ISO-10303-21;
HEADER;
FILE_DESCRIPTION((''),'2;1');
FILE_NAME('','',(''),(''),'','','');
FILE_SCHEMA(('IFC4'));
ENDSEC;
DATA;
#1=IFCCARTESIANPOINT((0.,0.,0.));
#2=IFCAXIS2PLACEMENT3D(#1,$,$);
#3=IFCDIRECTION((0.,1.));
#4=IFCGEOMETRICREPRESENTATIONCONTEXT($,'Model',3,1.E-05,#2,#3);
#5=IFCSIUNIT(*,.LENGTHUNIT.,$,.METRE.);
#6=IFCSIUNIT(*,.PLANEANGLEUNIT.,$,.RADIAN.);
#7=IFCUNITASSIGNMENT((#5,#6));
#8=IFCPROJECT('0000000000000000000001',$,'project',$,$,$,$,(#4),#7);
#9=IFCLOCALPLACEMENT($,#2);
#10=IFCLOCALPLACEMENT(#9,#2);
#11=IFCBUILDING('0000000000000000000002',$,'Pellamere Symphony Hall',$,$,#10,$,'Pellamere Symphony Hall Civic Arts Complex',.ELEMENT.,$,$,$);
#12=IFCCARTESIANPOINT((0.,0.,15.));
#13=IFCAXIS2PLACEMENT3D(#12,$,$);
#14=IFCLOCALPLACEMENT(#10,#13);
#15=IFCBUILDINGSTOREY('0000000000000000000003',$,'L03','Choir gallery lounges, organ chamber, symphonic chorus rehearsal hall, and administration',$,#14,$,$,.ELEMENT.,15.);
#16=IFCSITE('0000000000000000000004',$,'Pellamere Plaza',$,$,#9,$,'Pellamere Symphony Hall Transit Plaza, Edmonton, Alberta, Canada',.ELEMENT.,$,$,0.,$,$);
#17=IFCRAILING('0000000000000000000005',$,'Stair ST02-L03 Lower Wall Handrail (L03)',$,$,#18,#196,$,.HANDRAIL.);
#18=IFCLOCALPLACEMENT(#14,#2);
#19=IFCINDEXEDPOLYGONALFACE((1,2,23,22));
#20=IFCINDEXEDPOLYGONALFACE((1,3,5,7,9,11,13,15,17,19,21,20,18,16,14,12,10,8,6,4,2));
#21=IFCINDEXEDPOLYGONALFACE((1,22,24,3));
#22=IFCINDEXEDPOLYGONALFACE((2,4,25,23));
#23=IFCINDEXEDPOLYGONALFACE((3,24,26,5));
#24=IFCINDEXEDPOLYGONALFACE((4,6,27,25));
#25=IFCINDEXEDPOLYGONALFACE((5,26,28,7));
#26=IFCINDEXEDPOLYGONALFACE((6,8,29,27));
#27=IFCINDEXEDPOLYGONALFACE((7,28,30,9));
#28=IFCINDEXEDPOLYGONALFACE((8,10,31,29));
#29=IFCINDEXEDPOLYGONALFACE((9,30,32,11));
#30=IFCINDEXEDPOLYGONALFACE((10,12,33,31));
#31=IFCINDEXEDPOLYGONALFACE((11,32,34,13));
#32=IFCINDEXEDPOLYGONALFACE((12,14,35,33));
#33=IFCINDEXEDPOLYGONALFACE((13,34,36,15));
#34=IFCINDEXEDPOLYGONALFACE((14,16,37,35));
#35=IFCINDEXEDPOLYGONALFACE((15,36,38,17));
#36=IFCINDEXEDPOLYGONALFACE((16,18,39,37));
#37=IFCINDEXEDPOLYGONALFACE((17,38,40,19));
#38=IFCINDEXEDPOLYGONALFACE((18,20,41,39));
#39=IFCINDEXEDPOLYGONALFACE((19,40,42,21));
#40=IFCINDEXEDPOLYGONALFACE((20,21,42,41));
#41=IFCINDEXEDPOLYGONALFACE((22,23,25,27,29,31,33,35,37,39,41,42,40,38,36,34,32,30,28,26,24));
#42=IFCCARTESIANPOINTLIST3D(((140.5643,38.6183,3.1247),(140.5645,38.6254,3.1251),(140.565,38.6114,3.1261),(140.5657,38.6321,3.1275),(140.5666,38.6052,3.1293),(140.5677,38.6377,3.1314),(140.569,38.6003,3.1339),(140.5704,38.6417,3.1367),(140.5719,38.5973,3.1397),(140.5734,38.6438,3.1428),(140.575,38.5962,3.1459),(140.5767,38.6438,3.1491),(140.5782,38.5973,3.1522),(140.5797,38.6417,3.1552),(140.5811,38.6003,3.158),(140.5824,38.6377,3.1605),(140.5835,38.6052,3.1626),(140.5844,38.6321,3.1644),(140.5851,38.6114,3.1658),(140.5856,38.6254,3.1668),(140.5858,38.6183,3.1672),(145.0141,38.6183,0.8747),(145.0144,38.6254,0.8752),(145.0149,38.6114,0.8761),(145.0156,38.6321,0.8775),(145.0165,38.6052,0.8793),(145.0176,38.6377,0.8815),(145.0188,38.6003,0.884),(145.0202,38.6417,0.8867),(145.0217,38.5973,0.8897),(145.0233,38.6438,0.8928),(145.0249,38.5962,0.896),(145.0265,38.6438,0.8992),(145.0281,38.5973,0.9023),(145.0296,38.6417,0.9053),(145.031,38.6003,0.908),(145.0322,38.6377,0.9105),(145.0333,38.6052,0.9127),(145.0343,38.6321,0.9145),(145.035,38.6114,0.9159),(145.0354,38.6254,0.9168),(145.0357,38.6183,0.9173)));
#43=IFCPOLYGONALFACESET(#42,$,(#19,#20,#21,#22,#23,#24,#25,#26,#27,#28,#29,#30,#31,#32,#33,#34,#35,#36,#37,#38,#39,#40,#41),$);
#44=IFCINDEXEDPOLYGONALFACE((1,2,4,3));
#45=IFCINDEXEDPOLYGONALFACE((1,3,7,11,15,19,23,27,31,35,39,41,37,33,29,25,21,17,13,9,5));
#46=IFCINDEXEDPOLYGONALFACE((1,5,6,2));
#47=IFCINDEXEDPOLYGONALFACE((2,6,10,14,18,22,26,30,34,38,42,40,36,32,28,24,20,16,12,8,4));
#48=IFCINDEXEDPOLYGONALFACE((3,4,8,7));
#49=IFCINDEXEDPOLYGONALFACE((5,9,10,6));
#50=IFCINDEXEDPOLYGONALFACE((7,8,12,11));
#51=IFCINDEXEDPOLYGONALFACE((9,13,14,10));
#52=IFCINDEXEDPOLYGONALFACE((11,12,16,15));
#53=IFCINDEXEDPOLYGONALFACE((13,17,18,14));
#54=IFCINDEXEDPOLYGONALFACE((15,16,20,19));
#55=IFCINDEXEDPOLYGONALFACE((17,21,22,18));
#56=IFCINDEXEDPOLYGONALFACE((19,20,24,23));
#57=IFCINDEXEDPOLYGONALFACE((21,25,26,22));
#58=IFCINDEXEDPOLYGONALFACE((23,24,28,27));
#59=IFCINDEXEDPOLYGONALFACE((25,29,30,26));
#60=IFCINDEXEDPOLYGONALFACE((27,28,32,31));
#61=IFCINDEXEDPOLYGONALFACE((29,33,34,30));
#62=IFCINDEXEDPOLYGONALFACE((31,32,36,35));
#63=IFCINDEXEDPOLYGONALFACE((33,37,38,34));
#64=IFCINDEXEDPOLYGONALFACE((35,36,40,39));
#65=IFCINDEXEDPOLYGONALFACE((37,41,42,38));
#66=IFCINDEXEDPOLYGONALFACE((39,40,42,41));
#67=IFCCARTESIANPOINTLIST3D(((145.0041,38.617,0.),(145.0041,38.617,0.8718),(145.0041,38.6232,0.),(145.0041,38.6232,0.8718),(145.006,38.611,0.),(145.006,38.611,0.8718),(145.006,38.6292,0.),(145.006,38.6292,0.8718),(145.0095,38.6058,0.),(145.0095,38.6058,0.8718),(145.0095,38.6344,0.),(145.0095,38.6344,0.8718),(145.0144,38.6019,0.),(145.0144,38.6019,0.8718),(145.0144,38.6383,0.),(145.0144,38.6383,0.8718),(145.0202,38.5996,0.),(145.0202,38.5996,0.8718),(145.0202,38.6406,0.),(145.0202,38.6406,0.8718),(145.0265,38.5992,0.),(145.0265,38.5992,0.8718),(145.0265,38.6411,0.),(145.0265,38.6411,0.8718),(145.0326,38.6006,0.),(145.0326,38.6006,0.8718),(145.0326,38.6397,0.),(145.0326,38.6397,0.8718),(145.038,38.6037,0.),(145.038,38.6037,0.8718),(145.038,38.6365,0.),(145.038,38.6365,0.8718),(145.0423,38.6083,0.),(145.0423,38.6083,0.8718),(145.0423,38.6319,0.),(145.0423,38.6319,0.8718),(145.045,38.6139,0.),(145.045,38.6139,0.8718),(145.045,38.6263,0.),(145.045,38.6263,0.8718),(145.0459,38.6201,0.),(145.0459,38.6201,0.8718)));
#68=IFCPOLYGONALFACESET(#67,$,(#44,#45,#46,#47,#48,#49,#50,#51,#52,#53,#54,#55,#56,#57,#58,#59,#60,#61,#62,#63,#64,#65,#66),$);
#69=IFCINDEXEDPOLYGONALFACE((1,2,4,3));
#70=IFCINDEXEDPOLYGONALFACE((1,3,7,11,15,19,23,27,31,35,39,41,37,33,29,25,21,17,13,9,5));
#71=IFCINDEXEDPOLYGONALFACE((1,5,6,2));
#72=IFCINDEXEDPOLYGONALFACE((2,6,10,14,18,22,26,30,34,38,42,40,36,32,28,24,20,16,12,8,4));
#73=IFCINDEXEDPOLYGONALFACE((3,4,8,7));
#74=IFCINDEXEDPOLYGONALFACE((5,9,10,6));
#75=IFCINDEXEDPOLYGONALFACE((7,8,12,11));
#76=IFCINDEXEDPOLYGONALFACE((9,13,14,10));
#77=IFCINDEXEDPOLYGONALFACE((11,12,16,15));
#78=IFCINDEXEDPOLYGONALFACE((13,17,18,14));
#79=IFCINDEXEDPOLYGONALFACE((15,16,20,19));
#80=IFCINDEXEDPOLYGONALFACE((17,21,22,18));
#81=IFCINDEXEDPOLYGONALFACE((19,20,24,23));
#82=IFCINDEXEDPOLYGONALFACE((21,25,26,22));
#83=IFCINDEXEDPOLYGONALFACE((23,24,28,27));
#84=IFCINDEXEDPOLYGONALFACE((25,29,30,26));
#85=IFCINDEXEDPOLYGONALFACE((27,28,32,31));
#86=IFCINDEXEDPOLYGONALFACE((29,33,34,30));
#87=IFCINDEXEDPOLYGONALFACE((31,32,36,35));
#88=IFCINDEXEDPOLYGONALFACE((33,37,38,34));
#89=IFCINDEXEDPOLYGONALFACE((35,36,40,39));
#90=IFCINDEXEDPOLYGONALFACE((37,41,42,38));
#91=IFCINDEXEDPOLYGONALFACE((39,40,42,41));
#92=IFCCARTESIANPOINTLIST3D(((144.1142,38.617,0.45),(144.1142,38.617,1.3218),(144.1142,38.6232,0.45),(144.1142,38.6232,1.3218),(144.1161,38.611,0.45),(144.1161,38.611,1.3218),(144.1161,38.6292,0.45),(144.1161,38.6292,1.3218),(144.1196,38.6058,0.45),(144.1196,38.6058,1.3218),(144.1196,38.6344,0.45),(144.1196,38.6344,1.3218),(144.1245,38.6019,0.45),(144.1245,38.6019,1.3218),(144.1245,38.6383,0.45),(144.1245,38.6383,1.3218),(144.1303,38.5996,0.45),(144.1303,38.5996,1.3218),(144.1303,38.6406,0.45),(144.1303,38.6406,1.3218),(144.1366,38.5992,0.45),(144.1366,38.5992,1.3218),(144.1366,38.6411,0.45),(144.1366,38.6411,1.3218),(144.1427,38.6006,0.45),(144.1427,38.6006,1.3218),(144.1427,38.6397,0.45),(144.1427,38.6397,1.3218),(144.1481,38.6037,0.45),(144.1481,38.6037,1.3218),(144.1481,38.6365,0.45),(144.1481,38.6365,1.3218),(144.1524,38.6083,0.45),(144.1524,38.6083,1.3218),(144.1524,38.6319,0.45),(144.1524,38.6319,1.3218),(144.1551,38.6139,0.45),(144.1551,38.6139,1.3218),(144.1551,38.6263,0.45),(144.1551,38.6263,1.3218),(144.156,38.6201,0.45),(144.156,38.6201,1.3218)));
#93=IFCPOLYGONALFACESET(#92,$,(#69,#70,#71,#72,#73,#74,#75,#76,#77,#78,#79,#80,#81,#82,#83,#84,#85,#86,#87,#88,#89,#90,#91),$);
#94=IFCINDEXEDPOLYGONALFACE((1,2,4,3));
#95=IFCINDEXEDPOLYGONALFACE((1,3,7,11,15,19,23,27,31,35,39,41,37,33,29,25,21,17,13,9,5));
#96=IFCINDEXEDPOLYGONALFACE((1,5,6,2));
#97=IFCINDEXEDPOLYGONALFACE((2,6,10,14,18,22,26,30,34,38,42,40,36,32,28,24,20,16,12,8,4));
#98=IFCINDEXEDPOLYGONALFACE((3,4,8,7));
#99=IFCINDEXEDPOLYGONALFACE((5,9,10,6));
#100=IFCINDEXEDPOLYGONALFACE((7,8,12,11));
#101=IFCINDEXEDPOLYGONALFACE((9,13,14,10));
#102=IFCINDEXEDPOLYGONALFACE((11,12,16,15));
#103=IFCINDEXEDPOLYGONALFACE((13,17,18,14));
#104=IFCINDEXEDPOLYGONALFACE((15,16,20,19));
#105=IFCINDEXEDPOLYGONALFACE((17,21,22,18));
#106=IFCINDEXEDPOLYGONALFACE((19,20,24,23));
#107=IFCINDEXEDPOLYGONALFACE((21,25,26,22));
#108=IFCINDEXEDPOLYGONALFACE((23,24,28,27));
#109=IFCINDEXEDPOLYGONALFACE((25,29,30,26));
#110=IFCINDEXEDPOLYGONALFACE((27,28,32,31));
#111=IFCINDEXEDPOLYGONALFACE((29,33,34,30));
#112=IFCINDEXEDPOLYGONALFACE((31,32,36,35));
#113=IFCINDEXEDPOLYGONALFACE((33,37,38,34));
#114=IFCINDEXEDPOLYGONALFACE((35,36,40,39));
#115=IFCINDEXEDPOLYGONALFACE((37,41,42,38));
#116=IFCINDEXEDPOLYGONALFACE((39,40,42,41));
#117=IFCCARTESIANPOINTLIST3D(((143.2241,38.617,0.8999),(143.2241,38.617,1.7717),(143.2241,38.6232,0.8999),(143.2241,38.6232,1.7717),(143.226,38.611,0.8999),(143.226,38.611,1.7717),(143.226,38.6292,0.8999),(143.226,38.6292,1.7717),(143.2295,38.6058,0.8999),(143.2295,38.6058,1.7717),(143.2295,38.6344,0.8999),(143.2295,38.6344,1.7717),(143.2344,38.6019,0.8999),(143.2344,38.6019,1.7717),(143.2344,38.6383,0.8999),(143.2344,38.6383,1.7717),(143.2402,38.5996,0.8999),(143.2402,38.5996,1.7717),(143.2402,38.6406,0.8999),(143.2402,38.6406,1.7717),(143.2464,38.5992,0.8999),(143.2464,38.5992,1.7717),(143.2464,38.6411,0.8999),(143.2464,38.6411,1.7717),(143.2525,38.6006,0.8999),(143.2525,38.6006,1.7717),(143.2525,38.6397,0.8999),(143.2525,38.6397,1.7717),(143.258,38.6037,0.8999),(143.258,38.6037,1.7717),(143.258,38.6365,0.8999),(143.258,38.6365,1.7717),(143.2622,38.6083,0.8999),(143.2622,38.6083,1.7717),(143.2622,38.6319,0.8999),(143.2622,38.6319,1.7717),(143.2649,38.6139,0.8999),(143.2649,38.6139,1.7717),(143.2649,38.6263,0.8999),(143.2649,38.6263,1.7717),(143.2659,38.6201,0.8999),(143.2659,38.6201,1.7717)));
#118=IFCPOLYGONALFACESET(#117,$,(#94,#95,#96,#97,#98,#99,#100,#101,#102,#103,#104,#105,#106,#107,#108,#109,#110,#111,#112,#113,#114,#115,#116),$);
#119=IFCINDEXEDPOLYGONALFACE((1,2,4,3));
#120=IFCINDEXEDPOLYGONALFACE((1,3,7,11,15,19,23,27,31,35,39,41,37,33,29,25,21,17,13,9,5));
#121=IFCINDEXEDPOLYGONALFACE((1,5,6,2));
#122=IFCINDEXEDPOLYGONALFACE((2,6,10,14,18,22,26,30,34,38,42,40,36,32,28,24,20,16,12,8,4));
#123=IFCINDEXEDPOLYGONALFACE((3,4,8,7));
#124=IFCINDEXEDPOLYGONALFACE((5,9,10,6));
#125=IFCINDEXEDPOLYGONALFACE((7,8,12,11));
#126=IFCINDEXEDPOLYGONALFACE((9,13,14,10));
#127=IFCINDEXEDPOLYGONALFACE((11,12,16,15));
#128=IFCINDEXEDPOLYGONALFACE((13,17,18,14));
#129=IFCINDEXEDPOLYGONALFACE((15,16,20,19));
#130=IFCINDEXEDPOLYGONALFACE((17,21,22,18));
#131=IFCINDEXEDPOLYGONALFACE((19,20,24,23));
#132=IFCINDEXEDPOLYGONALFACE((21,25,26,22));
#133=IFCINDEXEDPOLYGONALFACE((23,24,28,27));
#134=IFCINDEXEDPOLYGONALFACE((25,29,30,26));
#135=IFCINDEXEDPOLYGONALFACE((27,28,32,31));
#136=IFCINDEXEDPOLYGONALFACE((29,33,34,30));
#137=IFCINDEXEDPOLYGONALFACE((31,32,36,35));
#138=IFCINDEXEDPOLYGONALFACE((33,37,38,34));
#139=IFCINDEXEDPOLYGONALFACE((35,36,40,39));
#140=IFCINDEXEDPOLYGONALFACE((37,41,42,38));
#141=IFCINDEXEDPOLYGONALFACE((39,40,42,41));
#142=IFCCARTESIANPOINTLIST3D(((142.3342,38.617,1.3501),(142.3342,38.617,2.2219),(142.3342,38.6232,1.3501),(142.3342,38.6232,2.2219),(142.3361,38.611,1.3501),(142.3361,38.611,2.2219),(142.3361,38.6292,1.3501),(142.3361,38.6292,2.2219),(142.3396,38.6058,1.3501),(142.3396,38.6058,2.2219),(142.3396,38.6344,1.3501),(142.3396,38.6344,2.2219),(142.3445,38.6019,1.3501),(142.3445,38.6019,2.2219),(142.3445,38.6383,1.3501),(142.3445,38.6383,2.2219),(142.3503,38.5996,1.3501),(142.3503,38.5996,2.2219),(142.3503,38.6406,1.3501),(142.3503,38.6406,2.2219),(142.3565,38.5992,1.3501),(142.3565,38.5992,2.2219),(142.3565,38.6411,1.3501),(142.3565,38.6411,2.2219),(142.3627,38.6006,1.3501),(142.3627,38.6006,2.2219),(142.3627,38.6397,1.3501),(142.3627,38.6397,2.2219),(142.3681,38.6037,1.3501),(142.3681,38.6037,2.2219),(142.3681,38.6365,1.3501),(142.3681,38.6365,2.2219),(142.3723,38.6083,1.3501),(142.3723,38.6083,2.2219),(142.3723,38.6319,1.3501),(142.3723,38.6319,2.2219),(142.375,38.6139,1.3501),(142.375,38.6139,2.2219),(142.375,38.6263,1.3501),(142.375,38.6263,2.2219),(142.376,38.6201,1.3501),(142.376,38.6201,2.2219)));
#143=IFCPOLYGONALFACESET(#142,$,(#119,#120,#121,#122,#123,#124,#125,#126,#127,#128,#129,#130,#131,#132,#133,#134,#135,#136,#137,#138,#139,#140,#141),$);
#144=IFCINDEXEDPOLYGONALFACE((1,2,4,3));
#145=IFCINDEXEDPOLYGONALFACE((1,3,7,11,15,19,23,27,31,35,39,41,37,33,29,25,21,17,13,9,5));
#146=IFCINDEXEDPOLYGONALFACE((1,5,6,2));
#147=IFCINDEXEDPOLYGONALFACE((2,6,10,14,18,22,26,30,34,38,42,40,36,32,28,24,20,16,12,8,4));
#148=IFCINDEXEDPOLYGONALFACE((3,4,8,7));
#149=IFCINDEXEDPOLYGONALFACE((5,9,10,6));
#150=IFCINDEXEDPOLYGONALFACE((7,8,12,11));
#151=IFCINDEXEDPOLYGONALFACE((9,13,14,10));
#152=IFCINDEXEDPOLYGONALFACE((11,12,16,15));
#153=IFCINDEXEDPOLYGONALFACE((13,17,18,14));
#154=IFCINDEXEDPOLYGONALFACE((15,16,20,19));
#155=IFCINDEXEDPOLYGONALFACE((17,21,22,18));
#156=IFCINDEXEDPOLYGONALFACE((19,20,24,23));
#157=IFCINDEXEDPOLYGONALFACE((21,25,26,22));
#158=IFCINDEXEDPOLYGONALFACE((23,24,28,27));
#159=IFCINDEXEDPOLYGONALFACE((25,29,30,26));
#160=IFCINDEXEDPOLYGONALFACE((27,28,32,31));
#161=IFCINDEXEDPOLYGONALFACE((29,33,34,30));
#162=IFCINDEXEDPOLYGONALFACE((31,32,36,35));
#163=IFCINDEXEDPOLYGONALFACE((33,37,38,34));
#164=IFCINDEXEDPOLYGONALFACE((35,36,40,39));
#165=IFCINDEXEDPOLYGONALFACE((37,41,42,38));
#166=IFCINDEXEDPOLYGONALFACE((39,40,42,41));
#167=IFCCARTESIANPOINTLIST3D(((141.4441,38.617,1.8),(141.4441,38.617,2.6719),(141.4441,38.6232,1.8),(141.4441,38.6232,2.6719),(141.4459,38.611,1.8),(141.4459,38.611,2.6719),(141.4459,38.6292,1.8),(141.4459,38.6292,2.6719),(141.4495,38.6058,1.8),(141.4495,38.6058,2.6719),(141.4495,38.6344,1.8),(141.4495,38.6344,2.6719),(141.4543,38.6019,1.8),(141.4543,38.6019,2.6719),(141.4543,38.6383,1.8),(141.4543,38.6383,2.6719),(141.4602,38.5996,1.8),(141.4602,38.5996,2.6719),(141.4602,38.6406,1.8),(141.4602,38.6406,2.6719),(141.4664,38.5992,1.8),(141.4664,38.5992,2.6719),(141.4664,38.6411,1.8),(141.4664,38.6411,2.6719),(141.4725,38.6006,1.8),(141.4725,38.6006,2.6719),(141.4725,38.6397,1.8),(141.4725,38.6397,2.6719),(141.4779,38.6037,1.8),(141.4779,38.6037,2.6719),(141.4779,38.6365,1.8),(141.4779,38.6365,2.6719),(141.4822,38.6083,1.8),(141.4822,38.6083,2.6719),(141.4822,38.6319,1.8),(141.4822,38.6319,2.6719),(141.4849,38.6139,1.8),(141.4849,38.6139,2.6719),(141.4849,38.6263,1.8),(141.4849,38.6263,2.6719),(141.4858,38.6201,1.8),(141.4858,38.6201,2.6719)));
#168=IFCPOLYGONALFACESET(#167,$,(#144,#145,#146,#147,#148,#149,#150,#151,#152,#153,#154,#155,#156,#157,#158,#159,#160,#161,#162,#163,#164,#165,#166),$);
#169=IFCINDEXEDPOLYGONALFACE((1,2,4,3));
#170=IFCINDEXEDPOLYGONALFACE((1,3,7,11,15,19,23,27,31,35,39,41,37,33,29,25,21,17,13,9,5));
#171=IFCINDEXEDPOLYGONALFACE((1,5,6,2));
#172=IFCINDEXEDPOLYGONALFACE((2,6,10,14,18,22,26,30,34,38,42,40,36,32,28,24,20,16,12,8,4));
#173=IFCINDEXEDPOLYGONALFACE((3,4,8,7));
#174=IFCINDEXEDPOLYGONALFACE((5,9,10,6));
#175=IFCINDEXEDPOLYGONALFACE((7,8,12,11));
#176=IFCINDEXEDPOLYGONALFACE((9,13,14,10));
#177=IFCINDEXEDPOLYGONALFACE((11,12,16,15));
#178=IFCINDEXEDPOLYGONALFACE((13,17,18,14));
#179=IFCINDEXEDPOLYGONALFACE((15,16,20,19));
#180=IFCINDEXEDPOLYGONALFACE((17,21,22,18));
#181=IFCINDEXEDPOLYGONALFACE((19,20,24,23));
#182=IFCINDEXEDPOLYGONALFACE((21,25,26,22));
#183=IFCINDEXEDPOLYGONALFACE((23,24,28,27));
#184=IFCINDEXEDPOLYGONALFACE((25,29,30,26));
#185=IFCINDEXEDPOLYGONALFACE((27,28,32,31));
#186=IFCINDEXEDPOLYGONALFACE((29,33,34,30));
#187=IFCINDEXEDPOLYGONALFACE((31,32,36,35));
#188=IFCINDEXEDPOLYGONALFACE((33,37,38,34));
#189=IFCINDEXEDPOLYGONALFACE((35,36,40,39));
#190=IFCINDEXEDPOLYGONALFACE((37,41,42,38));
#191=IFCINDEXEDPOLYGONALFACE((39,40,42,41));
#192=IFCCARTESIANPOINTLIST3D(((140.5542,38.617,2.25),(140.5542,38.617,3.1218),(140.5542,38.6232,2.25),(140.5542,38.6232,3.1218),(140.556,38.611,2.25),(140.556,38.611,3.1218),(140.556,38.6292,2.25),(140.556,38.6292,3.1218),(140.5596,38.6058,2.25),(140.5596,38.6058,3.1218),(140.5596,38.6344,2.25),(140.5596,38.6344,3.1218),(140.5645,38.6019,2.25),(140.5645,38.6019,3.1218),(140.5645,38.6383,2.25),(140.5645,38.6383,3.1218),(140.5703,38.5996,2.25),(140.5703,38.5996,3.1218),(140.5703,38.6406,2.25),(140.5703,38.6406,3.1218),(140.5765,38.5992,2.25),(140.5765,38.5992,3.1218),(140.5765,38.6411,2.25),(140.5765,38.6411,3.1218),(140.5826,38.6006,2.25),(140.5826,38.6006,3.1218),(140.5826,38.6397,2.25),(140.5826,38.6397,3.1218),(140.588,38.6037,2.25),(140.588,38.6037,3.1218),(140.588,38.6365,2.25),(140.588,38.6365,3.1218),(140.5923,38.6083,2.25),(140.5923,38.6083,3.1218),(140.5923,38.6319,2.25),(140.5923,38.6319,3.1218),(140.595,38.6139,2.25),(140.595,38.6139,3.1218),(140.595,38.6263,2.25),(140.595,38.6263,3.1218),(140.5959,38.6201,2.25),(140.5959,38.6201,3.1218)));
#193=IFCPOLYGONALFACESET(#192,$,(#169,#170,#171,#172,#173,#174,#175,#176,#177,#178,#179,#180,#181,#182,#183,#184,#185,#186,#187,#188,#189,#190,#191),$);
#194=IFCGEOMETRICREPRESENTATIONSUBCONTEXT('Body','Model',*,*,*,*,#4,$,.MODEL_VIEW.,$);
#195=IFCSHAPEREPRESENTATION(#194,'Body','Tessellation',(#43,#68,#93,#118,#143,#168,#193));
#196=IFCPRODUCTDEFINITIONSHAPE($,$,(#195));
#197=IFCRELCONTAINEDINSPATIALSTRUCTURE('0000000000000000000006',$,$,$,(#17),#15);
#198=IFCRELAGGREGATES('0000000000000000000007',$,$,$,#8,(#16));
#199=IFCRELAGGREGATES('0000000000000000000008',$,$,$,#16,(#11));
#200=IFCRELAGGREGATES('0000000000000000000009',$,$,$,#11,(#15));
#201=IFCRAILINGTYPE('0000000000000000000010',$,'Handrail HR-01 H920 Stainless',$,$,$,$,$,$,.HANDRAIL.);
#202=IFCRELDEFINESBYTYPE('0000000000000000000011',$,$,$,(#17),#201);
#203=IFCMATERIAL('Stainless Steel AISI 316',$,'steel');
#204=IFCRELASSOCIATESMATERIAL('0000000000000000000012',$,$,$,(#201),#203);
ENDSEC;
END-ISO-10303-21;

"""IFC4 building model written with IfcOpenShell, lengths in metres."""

from ifc_helpers import new_model, si_unit, direction, frame, origin, origin_2d, place, context, subcontext, project, spatial, circle, extrude, material, type_object, element, save


model = new_model("IFC4")

# Units and contexts
model_context = context("Model", 3, precision=1e-05, world=origin(), true_north=direction((0.0, 1.0)))
body_context = subcontext(model_context, "Body", "Model", "MODEL_VIEW")
ifc_project = project(units=[si_unit("LENGTHUNIT", "METRE"), si_unit("PLANEANGLEUNIT", "RADIAN")], contexts=[model_context])

# Site, building, storey
site_placement = place(None, origin())
site = spatial("IfcSite", under=ifc_project, at=site_placement, Name="Pellamere Plaza", LongName="Pellamere Symphony Hall Transit Plaza, Edmonton, Alberta, Canada", CompositionType="ELEMENT", RefElevation=0.0)
building_placement = place(site_placement, origin())
building = spatial("IfcBuilding", under=site, at=building_placement, Name="Pellamere Symphony Hall", LongName="Pellamere Symphony Hall Civic Arts Complex", CompositionType="ELEMENT")
storey_placement = place(building_placement, frame((0.0, 0.0, 15.0)))
storey = spatial("IfcBuildingStorey", under=building, at=storey_placement, Name="L03", Description="Choir gallery lounges, organ chamber, symphonic chorus rehearsal hall, and administration", CompositionType="ELEMENT", Elevation=15.0)

# Railing
ifc_material_1 = material(Name="Stainless Steel AISI 316", Category="steel")
railing_type_1 = type_object("IfcRailingType", Name="Handrail HR-01 H920 Stainless", PredefinedType="HANDRAIL", material=ifc_material_1)
railing_1_placement = place(storey_placement, frame((145.0249, 38.6201, 0.0)))
element("IfcRailing", 1, at=railing_1_placement, inside=storey, type_object=railing_type_1, Name="Stair ST02-L03 Lower Wall Handrail (L03)", PredefinedType="HANDRAIL", context=body_context, shape_type="SweptSolid", body=[
    extrude(circle(Radius=0.0239, at=origin_2d()), frame((0.0, 0.0, 0.896), z_axis=(-0.892411, 0.0, 0.451224), x_axis=(0.0, -1.0, 0.0)), (0.0, 0.0, 1.0), 4.9863),
    extrude(circle(Radius=0.021, at=origin_2d()), origin(), (0.0, 0.0, 1.0), 0.8718),
    extrude(circle(Radius=0.021, at=origin_2d()), frame((-0.8899, 0.0, 0.45)), (0.0, 0.0, 1.0), 0.8718),
    extrude(circle(Radius=0.021, at=origin_2d()), frame((-1.78, 0.0, 0.8999)), (0.0, 0.0, 1.0), 0.8718),
    extrude(circle(Radius=0.021, at=origin_2d()), frame((-2.6699, 0.0, 1.3501)), (0.0, 0.0, 1.0), 0.8718),
    extrude(circle(Radius=0.021, at=origin_2d()), frame((-3.5601, 0.0, 1.8)), (0.0, 0.0, 1.0), 0.8718),
    extrude(circle(Radius=0.021, at=origin_2d()), frame((-4.45, 0.0, 2.25)), (0.0, 0.0, 1.0), 0.8718),
])

save(model, "model.ifc")
